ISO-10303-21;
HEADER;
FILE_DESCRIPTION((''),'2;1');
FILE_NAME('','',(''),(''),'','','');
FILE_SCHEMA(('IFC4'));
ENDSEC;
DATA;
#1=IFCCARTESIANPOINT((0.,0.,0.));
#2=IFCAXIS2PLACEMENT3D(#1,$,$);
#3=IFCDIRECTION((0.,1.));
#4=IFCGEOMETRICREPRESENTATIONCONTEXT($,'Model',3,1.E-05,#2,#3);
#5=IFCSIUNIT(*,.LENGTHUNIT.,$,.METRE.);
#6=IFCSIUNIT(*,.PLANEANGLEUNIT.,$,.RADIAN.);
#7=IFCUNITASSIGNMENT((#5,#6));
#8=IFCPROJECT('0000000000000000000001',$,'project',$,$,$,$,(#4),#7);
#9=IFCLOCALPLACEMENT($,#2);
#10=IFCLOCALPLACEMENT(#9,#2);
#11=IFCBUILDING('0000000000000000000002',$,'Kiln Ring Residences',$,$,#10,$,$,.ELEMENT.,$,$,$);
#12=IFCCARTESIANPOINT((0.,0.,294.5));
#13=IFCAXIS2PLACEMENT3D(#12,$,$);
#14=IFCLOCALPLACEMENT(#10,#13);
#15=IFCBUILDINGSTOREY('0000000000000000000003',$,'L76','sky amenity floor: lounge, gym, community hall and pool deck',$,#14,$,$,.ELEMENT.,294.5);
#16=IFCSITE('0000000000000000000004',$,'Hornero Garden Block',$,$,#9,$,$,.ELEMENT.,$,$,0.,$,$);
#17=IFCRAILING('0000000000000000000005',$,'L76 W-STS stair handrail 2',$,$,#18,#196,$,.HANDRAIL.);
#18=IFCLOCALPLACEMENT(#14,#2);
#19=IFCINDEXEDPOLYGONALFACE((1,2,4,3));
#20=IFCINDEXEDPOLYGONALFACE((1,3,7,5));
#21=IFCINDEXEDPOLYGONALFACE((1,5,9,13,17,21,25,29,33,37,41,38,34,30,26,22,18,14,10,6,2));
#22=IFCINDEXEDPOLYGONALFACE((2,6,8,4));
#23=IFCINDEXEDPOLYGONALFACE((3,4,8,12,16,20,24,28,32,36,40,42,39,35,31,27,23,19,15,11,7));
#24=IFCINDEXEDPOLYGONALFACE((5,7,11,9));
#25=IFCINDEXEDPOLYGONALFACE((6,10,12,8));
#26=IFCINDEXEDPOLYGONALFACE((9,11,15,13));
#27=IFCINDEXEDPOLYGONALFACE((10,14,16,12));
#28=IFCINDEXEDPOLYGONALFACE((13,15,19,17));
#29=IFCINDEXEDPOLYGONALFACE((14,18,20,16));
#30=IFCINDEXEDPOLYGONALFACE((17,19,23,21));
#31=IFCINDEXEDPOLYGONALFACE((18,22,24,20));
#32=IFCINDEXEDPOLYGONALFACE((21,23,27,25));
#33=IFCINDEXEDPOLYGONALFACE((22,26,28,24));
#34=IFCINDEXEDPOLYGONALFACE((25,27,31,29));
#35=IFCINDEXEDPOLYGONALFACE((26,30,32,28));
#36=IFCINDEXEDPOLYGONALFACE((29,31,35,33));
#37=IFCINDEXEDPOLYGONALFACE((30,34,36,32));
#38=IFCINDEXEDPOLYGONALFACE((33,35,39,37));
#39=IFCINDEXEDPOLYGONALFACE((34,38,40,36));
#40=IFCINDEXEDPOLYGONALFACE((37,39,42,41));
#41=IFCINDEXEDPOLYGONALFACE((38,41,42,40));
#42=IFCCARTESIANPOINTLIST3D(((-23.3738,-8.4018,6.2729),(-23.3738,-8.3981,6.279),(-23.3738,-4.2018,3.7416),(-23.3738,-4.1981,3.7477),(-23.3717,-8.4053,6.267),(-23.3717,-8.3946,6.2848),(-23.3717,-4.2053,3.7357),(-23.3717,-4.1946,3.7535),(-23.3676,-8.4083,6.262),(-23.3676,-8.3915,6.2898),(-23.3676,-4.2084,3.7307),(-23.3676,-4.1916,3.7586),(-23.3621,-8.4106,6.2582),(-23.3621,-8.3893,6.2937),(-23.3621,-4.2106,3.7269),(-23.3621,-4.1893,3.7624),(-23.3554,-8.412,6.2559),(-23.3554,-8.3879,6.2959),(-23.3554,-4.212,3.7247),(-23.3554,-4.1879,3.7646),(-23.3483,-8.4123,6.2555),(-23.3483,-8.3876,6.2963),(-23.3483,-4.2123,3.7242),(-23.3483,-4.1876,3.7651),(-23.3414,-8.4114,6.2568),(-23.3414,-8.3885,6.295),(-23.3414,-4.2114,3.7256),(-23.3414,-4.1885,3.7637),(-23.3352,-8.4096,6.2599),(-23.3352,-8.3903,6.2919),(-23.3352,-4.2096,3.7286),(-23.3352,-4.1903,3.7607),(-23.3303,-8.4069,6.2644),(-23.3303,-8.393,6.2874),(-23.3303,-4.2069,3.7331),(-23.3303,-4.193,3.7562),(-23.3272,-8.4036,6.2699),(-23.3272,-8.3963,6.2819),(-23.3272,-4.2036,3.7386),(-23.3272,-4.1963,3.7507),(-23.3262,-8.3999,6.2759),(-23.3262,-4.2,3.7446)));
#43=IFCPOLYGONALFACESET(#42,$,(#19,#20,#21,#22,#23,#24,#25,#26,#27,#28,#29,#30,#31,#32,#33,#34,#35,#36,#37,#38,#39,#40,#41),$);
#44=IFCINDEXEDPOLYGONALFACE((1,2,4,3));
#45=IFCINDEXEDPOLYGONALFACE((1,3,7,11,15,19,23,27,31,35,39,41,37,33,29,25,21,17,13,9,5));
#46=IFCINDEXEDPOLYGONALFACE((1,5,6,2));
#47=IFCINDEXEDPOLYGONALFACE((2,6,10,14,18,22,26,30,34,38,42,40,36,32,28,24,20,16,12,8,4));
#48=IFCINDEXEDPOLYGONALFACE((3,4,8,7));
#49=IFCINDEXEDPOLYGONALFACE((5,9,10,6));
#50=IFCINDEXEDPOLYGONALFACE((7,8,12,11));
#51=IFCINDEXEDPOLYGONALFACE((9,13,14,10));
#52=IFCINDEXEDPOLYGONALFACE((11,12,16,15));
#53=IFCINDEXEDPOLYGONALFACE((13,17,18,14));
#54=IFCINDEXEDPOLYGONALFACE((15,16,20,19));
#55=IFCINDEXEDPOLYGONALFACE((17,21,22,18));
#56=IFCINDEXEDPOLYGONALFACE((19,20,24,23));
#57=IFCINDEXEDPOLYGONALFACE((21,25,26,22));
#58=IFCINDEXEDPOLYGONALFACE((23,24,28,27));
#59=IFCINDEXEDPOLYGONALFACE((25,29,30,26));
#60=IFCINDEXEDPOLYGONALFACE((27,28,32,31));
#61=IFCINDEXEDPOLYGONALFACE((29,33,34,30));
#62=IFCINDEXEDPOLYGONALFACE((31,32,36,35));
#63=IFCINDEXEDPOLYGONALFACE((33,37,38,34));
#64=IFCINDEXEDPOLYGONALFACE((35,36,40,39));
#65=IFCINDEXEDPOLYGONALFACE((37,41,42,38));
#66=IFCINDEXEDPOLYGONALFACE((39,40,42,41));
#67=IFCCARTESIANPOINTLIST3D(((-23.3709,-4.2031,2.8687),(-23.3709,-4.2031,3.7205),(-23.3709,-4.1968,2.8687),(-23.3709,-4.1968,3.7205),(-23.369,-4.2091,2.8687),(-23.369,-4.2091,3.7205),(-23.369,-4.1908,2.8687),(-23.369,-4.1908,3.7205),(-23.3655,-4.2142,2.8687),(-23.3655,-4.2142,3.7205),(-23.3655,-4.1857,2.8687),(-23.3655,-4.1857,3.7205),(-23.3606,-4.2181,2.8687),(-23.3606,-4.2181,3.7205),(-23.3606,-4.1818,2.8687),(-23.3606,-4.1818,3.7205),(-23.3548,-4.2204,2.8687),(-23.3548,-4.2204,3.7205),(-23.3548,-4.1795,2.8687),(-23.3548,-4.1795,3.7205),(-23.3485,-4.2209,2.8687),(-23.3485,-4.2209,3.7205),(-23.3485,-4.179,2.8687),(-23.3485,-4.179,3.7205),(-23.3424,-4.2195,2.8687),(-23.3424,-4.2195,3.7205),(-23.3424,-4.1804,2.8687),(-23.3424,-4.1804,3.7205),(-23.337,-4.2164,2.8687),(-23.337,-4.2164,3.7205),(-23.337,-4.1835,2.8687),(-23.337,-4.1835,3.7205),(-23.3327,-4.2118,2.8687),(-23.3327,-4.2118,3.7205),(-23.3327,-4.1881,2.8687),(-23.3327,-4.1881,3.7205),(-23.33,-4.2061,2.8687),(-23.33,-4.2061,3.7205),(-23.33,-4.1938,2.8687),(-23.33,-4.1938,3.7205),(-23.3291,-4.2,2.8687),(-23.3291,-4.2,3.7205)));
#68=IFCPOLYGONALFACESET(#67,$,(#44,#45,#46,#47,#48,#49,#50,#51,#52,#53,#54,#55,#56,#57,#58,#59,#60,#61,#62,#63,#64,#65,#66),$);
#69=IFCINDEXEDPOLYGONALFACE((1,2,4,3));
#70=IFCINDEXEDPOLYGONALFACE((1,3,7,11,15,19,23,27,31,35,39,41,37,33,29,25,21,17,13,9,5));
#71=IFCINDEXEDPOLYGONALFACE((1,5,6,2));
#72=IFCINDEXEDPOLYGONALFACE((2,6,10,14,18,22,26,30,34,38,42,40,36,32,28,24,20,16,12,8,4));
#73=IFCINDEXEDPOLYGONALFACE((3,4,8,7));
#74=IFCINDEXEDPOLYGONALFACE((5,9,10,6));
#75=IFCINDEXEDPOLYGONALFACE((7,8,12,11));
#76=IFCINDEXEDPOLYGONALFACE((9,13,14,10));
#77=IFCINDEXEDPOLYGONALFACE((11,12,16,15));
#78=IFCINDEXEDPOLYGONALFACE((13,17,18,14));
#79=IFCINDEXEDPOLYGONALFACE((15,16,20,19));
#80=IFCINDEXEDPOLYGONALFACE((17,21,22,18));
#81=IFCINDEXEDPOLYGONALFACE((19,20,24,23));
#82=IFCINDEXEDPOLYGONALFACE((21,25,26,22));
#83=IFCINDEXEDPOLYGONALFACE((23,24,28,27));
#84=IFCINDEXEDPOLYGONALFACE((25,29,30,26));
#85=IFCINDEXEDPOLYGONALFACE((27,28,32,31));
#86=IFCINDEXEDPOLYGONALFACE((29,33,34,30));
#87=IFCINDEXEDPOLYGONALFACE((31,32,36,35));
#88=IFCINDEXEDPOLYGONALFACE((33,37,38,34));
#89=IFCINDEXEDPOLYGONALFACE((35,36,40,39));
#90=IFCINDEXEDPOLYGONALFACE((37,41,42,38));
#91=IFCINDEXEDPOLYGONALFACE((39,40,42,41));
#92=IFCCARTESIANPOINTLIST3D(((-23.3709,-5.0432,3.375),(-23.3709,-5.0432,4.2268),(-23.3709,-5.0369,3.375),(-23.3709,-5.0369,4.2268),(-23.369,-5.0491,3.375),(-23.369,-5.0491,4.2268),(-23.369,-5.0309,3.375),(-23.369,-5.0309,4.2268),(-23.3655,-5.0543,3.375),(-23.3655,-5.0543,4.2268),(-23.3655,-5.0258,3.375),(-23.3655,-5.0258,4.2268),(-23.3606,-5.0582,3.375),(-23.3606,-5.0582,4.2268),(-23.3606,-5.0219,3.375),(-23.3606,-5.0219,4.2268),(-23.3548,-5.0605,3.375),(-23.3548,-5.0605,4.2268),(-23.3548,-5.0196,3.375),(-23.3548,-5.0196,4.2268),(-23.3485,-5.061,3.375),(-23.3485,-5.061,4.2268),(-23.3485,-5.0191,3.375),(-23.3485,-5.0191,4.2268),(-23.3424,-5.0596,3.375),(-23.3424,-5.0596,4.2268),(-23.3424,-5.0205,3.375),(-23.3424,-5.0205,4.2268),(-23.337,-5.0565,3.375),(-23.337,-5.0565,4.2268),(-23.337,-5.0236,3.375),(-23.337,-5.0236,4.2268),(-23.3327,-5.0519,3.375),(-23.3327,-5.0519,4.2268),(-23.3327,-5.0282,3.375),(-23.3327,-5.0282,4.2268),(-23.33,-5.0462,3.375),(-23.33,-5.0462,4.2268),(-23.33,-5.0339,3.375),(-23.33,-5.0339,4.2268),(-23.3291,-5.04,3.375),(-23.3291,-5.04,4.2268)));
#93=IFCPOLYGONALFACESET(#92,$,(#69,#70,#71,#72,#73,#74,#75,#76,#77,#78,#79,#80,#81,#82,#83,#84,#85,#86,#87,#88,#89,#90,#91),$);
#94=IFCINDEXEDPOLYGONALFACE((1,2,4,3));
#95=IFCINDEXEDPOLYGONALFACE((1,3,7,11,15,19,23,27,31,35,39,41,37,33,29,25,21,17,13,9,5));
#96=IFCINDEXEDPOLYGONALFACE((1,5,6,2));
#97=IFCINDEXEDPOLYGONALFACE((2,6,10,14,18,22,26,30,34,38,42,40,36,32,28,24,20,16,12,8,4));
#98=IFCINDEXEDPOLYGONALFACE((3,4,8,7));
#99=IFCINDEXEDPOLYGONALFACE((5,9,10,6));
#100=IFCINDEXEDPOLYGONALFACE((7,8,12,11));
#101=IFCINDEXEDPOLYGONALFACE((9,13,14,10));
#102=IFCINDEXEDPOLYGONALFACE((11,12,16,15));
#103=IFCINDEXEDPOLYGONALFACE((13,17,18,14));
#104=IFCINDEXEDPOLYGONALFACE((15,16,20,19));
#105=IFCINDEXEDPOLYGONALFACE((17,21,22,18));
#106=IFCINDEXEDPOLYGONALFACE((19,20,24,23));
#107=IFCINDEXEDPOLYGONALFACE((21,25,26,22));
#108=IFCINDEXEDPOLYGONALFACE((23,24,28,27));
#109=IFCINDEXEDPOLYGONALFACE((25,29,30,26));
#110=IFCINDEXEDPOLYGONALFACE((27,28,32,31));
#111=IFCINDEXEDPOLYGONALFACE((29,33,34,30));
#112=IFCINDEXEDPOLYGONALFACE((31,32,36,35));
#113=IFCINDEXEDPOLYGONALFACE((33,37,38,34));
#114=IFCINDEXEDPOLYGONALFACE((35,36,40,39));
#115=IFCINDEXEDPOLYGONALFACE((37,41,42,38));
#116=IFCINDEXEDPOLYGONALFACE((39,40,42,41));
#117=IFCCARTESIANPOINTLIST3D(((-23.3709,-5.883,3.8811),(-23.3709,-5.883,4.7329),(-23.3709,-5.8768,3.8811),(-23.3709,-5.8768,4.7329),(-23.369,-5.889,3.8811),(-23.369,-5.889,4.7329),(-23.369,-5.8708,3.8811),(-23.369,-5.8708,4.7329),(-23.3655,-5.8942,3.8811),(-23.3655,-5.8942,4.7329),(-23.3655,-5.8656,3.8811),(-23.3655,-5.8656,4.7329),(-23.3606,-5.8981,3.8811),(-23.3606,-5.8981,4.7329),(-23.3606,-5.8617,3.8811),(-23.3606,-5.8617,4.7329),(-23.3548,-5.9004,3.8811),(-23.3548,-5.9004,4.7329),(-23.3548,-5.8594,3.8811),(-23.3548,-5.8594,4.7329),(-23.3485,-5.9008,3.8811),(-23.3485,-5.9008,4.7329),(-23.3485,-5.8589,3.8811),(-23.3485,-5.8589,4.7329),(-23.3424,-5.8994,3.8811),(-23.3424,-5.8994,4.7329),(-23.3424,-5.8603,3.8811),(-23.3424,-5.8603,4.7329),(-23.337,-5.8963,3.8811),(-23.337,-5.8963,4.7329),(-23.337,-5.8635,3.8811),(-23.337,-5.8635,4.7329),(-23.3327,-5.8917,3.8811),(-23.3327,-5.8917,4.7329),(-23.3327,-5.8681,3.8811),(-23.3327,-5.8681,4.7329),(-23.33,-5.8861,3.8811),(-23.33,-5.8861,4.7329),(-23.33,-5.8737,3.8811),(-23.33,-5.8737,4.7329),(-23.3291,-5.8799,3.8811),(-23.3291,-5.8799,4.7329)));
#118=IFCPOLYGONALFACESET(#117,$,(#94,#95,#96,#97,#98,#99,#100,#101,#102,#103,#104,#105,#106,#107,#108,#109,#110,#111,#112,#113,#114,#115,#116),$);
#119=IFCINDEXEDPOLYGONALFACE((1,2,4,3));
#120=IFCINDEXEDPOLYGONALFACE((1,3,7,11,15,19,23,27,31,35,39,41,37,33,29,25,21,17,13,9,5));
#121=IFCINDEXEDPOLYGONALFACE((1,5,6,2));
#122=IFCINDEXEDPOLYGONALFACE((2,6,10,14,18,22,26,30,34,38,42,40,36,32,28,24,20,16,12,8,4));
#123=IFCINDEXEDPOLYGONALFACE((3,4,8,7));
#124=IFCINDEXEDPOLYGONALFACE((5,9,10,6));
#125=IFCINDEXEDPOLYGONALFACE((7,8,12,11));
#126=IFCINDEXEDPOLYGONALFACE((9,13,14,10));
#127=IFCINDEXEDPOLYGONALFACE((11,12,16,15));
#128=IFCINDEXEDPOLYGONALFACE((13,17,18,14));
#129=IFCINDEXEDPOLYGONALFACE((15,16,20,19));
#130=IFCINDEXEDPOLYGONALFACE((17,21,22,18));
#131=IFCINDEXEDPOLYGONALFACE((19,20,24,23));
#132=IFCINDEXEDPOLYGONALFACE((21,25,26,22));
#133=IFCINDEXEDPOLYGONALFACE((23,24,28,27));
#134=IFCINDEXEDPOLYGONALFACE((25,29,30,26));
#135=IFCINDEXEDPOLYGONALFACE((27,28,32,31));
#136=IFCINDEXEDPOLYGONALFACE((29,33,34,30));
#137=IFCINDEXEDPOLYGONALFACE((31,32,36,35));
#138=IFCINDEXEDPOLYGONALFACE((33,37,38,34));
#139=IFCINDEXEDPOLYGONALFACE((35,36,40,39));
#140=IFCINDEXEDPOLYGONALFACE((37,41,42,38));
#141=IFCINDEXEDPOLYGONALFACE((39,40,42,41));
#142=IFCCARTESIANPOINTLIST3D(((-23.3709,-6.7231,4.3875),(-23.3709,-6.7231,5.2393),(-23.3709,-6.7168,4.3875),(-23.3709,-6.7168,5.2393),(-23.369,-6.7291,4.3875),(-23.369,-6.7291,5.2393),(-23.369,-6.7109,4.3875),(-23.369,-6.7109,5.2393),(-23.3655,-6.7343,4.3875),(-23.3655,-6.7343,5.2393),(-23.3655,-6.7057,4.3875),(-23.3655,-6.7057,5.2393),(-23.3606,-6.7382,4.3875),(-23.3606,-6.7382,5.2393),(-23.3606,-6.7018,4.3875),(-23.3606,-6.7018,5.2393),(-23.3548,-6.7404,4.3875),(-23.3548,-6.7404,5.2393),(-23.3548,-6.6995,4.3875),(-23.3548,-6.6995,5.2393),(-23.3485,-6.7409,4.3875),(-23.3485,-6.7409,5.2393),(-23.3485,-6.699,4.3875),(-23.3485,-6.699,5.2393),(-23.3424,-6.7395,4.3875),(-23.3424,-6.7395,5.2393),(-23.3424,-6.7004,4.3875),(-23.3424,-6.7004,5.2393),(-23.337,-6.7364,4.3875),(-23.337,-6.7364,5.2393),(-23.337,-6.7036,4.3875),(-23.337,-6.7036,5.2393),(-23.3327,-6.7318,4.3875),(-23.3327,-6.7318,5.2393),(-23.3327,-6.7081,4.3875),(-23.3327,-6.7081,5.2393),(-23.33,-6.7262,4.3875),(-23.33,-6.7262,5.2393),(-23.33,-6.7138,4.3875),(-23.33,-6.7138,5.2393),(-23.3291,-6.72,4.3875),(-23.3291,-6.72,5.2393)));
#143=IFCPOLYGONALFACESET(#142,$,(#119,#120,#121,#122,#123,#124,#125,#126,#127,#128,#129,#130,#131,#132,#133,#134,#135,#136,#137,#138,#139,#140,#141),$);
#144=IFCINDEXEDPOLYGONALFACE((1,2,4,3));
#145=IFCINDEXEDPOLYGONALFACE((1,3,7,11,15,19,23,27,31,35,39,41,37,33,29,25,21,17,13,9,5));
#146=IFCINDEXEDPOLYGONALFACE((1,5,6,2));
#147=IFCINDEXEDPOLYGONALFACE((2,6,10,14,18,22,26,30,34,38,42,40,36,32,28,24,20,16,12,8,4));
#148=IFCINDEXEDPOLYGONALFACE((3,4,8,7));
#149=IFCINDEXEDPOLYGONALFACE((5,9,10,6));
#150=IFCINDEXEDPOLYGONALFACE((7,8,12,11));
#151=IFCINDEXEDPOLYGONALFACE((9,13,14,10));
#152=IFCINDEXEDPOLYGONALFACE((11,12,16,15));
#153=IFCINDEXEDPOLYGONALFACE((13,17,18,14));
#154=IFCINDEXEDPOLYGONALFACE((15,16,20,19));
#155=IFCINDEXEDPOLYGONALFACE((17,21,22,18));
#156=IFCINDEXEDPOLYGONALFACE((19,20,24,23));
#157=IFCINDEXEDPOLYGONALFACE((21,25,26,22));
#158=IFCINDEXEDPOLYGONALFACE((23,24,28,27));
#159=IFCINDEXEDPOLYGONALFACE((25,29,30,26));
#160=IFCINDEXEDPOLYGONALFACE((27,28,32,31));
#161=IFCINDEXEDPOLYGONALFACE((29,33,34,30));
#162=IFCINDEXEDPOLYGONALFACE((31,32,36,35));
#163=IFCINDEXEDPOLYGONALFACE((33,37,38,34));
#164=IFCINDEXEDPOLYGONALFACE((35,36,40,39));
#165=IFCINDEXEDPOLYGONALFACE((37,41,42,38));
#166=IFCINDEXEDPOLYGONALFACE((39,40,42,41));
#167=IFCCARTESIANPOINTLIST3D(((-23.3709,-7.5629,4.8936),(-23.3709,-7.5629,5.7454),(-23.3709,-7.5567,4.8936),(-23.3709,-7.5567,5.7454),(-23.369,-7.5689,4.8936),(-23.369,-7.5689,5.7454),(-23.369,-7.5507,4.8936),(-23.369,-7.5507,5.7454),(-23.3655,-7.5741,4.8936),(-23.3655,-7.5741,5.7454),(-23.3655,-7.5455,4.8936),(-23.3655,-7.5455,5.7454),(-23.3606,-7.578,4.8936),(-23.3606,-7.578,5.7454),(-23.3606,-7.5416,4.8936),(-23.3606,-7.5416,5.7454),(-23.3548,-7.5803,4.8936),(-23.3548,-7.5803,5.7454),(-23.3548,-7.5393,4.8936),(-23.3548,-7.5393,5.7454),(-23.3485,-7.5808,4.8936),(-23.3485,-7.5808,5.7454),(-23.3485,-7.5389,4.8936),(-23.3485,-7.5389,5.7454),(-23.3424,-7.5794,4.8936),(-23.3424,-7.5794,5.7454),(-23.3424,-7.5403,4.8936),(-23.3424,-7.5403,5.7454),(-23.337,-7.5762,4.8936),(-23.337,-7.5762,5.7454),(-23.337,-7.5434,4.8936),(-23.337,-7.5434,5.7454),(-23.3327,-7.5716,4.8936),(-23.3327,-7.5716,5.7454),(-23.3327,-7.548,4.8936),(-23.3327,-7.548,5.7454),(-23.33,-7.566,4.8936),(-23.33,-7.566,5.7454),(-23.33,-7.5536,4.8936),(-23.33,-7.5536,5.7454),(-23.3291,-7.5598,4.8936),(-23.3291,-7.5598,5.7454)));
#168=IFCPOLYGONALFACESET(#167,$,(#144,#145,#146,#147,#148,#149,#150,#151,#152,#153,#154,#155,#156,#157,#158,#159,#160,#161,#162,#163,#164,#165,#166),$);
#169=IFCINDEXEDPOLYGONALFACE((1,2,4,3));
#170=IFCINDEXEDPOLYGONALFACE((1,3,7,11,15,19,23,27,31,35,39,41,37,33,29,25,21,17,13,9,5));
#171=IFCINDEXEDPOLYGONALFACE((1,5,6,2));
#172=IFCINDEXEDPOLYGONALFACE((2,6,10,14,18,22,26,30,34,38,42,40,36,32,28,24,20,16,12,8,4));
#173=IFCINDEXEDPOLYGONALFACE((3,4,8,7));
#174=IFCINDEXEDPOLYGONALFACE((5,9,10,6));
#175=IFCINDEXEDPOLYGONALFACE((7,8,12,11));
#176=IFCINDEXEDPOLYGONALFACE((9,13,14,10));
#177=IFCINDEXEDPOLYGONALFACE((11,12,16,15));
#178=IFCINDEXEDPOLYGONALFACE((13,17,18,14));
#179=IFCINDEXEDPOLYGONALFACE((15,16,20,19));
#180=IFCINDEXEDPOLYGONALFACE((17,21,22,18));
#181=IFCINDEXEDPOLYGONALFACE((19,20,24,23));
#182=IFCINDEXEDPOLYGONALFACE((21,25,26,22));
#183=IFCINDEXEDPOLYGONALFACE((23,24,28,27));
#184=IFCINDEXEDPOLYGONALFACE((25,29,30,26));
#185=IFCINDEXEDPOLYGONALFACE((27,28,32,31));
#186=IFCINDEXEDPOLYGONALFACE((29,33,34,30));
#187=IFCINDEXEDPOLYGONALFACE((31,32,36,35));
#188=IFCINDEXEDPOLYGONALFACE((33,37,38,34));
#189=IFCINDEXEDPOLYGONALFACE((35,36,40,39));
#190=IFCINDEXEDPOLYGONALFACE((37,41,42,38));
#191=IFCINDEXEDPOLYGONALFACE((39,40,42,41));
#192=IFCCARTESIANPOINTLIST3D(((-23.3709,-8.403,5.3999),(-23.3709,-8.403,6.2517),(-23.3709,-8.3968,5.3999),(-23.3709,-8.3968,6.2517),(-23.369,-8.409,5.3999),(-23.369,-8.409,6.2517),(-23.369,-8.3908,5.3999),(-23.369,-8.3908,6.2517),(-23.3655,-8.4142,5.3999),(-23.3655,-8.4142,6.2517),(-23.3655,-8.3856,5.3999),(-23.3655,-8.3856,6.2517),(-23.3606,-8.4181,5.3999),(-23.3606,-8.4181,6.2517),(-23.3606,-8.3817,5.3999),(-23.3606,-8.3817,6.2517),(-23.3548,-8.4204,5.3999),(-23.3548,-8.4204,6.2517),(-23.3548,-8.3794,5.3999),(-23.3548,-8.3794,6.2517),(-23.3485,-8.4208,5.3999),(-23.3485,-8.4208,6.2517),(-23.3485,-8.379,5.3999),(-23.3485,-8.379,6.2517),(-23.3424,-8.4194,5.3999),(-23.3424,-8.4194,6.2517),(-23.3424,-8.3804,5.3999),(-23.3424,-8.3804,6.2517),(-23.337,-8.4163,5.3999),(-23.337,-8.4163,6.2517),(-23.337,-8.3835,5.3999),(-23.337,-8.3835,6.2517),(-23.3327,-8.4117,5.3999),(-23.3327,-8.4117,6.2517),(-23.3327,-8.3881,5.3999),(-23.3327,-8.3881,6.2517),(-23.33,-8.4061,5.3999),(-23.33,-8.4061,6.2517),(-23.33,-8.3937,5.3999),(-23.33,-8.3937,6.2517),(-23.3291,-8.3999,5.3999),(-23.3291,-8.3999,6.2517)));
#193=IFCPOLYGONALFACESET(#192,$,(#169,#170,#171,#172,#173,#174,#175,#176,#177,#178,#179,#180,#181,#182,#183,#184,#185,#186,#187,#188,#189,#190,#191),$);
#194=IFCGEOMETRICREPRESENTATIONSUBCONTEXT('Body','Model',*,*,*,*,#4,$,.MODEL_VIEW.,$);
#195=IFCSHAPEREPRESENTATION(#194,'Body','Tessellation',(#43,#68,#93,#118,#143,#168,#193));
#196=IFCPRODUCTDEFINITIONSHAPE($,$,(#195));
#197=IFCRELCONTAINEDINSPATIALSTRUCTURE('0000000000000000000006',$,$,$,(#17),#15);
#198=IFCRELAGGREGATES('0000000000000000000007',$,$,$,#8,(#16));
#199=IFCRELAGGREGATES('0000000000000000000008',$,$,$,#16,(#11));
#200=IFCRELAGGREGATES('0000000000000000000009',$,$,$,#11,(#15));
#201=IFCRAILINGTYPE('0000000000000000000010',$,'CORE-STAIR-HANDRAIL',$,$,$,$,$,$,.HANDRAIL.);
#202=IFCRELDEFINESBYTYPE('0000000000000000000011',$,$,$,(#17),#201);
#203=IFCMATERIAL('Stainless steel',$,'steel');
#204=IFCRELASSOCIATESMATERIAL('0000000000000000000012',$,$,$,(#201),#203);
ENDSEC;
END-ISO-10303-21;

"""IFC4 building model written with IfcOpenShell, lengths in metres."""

from ifc_helpers import new_model, si_unit, direction, frame, origin, origin_2d, place, context, subcontext, project, spatial, circle, extrude, material, type_object, element, save


model = new_model("IFC4")

# Units and contexts
model_context = context("Model", 3, precision=1e-05, world=origin(), true_north=direction((0.0, 1.0)))
body_context = subcontext(model_context, "Body", "Model", "MODEL_VIEW")
ifc_project = project(units=[si_unit("LENGTHUNIT", "METRE"), si_unit("PLANEANGLEUNIT", "RADIAN")], contexts=[model_context])

# Site, building, storey
site_placement = place(None, origin())
site = spatial("IfcSite", under=ifc_project, at=site_placement, Name="Hornero Garden Block", CompositionType="ELEMENT", RefElevation=0.0)
building_placement = place(site_placement, origin())
building = spatial("IfcBuilding", under=site, at=building_placement, Name="Kiln Ring Residences", CompositionType="ELEMENT")
storey_placement = place(building_placement, frame((0.0, 0.0, 294.5)))
storey = spatial("IfcBuildingStorey", under=building, at=storey_placement, Name="L76", Description="sky amenity floor: lounge, gym, community hall and pool deck", CompositionType="ELEMENT", Elevation=294.5)

# Railing
ifc_material_1 = material(Name="Stainless steel", Category="steel")
railing_type_1 = type_object("IfcRailingType", Name="CORE-STAIR-HANDRAIL", PredefinedType="HANDRAIL", material=ifc_material_1)
railing_1_placement = place(storey_placement, frame((-23.3501, -4.2, 2.8687)))
element("IfcRailing", 1, at=railing_1_placement, inside=storey, type_object=railing_type_1, Name="L76 W-STS stair handrail 2", PredefinedType="HANDRAIL", context=body_context, shape_type="SweptSolid", body=[
    extrude(circle(Radius=0.0239, at=origin_2d()), frame((0.0, 0.0, 0.876), z_axis=(0.0, -0.856476, 0.516186), x_axis=(1.0, 0.0, 0.0)), (0.0, 0.0, 1.0), 4.9038),
    extrude(circle(Radius=0.021, at=origin_2d()), origin(), (0.0, 0.0, 1.0), 0.8518),
    extrude(circle(Radius=0.021, at=origin_2d()), frame((0.0, -0.8401, 0.5063)), (0.0, 0.0, 1.0), 0.8518),
    extrude(circle(Radius=0.021, at=origin_2d()), frame((0.0, -1.6799, 1.0125)), (0.0, 0.0, 1.0), 0.8518),
    extrude(circle(Radius=0.021, at=origin_2d()), frame((0.0, -2.52, 1.5188)), (0.0, 0.0, 1.0), 0.8518),
    extrude(circle(Radius=0.021, at=origin_2d()), frame((0.0, -3.3599, 2.0249)), (0.0, 0.0, 1.0), 0.8518),
    extrude(circle(Radius=0.021, at=origin_2d()), frame((0.0, -4.2, 2.5312)), (0.0, 0.0, 1.0), 0.8518),
])

save(model, "model.ifc")
